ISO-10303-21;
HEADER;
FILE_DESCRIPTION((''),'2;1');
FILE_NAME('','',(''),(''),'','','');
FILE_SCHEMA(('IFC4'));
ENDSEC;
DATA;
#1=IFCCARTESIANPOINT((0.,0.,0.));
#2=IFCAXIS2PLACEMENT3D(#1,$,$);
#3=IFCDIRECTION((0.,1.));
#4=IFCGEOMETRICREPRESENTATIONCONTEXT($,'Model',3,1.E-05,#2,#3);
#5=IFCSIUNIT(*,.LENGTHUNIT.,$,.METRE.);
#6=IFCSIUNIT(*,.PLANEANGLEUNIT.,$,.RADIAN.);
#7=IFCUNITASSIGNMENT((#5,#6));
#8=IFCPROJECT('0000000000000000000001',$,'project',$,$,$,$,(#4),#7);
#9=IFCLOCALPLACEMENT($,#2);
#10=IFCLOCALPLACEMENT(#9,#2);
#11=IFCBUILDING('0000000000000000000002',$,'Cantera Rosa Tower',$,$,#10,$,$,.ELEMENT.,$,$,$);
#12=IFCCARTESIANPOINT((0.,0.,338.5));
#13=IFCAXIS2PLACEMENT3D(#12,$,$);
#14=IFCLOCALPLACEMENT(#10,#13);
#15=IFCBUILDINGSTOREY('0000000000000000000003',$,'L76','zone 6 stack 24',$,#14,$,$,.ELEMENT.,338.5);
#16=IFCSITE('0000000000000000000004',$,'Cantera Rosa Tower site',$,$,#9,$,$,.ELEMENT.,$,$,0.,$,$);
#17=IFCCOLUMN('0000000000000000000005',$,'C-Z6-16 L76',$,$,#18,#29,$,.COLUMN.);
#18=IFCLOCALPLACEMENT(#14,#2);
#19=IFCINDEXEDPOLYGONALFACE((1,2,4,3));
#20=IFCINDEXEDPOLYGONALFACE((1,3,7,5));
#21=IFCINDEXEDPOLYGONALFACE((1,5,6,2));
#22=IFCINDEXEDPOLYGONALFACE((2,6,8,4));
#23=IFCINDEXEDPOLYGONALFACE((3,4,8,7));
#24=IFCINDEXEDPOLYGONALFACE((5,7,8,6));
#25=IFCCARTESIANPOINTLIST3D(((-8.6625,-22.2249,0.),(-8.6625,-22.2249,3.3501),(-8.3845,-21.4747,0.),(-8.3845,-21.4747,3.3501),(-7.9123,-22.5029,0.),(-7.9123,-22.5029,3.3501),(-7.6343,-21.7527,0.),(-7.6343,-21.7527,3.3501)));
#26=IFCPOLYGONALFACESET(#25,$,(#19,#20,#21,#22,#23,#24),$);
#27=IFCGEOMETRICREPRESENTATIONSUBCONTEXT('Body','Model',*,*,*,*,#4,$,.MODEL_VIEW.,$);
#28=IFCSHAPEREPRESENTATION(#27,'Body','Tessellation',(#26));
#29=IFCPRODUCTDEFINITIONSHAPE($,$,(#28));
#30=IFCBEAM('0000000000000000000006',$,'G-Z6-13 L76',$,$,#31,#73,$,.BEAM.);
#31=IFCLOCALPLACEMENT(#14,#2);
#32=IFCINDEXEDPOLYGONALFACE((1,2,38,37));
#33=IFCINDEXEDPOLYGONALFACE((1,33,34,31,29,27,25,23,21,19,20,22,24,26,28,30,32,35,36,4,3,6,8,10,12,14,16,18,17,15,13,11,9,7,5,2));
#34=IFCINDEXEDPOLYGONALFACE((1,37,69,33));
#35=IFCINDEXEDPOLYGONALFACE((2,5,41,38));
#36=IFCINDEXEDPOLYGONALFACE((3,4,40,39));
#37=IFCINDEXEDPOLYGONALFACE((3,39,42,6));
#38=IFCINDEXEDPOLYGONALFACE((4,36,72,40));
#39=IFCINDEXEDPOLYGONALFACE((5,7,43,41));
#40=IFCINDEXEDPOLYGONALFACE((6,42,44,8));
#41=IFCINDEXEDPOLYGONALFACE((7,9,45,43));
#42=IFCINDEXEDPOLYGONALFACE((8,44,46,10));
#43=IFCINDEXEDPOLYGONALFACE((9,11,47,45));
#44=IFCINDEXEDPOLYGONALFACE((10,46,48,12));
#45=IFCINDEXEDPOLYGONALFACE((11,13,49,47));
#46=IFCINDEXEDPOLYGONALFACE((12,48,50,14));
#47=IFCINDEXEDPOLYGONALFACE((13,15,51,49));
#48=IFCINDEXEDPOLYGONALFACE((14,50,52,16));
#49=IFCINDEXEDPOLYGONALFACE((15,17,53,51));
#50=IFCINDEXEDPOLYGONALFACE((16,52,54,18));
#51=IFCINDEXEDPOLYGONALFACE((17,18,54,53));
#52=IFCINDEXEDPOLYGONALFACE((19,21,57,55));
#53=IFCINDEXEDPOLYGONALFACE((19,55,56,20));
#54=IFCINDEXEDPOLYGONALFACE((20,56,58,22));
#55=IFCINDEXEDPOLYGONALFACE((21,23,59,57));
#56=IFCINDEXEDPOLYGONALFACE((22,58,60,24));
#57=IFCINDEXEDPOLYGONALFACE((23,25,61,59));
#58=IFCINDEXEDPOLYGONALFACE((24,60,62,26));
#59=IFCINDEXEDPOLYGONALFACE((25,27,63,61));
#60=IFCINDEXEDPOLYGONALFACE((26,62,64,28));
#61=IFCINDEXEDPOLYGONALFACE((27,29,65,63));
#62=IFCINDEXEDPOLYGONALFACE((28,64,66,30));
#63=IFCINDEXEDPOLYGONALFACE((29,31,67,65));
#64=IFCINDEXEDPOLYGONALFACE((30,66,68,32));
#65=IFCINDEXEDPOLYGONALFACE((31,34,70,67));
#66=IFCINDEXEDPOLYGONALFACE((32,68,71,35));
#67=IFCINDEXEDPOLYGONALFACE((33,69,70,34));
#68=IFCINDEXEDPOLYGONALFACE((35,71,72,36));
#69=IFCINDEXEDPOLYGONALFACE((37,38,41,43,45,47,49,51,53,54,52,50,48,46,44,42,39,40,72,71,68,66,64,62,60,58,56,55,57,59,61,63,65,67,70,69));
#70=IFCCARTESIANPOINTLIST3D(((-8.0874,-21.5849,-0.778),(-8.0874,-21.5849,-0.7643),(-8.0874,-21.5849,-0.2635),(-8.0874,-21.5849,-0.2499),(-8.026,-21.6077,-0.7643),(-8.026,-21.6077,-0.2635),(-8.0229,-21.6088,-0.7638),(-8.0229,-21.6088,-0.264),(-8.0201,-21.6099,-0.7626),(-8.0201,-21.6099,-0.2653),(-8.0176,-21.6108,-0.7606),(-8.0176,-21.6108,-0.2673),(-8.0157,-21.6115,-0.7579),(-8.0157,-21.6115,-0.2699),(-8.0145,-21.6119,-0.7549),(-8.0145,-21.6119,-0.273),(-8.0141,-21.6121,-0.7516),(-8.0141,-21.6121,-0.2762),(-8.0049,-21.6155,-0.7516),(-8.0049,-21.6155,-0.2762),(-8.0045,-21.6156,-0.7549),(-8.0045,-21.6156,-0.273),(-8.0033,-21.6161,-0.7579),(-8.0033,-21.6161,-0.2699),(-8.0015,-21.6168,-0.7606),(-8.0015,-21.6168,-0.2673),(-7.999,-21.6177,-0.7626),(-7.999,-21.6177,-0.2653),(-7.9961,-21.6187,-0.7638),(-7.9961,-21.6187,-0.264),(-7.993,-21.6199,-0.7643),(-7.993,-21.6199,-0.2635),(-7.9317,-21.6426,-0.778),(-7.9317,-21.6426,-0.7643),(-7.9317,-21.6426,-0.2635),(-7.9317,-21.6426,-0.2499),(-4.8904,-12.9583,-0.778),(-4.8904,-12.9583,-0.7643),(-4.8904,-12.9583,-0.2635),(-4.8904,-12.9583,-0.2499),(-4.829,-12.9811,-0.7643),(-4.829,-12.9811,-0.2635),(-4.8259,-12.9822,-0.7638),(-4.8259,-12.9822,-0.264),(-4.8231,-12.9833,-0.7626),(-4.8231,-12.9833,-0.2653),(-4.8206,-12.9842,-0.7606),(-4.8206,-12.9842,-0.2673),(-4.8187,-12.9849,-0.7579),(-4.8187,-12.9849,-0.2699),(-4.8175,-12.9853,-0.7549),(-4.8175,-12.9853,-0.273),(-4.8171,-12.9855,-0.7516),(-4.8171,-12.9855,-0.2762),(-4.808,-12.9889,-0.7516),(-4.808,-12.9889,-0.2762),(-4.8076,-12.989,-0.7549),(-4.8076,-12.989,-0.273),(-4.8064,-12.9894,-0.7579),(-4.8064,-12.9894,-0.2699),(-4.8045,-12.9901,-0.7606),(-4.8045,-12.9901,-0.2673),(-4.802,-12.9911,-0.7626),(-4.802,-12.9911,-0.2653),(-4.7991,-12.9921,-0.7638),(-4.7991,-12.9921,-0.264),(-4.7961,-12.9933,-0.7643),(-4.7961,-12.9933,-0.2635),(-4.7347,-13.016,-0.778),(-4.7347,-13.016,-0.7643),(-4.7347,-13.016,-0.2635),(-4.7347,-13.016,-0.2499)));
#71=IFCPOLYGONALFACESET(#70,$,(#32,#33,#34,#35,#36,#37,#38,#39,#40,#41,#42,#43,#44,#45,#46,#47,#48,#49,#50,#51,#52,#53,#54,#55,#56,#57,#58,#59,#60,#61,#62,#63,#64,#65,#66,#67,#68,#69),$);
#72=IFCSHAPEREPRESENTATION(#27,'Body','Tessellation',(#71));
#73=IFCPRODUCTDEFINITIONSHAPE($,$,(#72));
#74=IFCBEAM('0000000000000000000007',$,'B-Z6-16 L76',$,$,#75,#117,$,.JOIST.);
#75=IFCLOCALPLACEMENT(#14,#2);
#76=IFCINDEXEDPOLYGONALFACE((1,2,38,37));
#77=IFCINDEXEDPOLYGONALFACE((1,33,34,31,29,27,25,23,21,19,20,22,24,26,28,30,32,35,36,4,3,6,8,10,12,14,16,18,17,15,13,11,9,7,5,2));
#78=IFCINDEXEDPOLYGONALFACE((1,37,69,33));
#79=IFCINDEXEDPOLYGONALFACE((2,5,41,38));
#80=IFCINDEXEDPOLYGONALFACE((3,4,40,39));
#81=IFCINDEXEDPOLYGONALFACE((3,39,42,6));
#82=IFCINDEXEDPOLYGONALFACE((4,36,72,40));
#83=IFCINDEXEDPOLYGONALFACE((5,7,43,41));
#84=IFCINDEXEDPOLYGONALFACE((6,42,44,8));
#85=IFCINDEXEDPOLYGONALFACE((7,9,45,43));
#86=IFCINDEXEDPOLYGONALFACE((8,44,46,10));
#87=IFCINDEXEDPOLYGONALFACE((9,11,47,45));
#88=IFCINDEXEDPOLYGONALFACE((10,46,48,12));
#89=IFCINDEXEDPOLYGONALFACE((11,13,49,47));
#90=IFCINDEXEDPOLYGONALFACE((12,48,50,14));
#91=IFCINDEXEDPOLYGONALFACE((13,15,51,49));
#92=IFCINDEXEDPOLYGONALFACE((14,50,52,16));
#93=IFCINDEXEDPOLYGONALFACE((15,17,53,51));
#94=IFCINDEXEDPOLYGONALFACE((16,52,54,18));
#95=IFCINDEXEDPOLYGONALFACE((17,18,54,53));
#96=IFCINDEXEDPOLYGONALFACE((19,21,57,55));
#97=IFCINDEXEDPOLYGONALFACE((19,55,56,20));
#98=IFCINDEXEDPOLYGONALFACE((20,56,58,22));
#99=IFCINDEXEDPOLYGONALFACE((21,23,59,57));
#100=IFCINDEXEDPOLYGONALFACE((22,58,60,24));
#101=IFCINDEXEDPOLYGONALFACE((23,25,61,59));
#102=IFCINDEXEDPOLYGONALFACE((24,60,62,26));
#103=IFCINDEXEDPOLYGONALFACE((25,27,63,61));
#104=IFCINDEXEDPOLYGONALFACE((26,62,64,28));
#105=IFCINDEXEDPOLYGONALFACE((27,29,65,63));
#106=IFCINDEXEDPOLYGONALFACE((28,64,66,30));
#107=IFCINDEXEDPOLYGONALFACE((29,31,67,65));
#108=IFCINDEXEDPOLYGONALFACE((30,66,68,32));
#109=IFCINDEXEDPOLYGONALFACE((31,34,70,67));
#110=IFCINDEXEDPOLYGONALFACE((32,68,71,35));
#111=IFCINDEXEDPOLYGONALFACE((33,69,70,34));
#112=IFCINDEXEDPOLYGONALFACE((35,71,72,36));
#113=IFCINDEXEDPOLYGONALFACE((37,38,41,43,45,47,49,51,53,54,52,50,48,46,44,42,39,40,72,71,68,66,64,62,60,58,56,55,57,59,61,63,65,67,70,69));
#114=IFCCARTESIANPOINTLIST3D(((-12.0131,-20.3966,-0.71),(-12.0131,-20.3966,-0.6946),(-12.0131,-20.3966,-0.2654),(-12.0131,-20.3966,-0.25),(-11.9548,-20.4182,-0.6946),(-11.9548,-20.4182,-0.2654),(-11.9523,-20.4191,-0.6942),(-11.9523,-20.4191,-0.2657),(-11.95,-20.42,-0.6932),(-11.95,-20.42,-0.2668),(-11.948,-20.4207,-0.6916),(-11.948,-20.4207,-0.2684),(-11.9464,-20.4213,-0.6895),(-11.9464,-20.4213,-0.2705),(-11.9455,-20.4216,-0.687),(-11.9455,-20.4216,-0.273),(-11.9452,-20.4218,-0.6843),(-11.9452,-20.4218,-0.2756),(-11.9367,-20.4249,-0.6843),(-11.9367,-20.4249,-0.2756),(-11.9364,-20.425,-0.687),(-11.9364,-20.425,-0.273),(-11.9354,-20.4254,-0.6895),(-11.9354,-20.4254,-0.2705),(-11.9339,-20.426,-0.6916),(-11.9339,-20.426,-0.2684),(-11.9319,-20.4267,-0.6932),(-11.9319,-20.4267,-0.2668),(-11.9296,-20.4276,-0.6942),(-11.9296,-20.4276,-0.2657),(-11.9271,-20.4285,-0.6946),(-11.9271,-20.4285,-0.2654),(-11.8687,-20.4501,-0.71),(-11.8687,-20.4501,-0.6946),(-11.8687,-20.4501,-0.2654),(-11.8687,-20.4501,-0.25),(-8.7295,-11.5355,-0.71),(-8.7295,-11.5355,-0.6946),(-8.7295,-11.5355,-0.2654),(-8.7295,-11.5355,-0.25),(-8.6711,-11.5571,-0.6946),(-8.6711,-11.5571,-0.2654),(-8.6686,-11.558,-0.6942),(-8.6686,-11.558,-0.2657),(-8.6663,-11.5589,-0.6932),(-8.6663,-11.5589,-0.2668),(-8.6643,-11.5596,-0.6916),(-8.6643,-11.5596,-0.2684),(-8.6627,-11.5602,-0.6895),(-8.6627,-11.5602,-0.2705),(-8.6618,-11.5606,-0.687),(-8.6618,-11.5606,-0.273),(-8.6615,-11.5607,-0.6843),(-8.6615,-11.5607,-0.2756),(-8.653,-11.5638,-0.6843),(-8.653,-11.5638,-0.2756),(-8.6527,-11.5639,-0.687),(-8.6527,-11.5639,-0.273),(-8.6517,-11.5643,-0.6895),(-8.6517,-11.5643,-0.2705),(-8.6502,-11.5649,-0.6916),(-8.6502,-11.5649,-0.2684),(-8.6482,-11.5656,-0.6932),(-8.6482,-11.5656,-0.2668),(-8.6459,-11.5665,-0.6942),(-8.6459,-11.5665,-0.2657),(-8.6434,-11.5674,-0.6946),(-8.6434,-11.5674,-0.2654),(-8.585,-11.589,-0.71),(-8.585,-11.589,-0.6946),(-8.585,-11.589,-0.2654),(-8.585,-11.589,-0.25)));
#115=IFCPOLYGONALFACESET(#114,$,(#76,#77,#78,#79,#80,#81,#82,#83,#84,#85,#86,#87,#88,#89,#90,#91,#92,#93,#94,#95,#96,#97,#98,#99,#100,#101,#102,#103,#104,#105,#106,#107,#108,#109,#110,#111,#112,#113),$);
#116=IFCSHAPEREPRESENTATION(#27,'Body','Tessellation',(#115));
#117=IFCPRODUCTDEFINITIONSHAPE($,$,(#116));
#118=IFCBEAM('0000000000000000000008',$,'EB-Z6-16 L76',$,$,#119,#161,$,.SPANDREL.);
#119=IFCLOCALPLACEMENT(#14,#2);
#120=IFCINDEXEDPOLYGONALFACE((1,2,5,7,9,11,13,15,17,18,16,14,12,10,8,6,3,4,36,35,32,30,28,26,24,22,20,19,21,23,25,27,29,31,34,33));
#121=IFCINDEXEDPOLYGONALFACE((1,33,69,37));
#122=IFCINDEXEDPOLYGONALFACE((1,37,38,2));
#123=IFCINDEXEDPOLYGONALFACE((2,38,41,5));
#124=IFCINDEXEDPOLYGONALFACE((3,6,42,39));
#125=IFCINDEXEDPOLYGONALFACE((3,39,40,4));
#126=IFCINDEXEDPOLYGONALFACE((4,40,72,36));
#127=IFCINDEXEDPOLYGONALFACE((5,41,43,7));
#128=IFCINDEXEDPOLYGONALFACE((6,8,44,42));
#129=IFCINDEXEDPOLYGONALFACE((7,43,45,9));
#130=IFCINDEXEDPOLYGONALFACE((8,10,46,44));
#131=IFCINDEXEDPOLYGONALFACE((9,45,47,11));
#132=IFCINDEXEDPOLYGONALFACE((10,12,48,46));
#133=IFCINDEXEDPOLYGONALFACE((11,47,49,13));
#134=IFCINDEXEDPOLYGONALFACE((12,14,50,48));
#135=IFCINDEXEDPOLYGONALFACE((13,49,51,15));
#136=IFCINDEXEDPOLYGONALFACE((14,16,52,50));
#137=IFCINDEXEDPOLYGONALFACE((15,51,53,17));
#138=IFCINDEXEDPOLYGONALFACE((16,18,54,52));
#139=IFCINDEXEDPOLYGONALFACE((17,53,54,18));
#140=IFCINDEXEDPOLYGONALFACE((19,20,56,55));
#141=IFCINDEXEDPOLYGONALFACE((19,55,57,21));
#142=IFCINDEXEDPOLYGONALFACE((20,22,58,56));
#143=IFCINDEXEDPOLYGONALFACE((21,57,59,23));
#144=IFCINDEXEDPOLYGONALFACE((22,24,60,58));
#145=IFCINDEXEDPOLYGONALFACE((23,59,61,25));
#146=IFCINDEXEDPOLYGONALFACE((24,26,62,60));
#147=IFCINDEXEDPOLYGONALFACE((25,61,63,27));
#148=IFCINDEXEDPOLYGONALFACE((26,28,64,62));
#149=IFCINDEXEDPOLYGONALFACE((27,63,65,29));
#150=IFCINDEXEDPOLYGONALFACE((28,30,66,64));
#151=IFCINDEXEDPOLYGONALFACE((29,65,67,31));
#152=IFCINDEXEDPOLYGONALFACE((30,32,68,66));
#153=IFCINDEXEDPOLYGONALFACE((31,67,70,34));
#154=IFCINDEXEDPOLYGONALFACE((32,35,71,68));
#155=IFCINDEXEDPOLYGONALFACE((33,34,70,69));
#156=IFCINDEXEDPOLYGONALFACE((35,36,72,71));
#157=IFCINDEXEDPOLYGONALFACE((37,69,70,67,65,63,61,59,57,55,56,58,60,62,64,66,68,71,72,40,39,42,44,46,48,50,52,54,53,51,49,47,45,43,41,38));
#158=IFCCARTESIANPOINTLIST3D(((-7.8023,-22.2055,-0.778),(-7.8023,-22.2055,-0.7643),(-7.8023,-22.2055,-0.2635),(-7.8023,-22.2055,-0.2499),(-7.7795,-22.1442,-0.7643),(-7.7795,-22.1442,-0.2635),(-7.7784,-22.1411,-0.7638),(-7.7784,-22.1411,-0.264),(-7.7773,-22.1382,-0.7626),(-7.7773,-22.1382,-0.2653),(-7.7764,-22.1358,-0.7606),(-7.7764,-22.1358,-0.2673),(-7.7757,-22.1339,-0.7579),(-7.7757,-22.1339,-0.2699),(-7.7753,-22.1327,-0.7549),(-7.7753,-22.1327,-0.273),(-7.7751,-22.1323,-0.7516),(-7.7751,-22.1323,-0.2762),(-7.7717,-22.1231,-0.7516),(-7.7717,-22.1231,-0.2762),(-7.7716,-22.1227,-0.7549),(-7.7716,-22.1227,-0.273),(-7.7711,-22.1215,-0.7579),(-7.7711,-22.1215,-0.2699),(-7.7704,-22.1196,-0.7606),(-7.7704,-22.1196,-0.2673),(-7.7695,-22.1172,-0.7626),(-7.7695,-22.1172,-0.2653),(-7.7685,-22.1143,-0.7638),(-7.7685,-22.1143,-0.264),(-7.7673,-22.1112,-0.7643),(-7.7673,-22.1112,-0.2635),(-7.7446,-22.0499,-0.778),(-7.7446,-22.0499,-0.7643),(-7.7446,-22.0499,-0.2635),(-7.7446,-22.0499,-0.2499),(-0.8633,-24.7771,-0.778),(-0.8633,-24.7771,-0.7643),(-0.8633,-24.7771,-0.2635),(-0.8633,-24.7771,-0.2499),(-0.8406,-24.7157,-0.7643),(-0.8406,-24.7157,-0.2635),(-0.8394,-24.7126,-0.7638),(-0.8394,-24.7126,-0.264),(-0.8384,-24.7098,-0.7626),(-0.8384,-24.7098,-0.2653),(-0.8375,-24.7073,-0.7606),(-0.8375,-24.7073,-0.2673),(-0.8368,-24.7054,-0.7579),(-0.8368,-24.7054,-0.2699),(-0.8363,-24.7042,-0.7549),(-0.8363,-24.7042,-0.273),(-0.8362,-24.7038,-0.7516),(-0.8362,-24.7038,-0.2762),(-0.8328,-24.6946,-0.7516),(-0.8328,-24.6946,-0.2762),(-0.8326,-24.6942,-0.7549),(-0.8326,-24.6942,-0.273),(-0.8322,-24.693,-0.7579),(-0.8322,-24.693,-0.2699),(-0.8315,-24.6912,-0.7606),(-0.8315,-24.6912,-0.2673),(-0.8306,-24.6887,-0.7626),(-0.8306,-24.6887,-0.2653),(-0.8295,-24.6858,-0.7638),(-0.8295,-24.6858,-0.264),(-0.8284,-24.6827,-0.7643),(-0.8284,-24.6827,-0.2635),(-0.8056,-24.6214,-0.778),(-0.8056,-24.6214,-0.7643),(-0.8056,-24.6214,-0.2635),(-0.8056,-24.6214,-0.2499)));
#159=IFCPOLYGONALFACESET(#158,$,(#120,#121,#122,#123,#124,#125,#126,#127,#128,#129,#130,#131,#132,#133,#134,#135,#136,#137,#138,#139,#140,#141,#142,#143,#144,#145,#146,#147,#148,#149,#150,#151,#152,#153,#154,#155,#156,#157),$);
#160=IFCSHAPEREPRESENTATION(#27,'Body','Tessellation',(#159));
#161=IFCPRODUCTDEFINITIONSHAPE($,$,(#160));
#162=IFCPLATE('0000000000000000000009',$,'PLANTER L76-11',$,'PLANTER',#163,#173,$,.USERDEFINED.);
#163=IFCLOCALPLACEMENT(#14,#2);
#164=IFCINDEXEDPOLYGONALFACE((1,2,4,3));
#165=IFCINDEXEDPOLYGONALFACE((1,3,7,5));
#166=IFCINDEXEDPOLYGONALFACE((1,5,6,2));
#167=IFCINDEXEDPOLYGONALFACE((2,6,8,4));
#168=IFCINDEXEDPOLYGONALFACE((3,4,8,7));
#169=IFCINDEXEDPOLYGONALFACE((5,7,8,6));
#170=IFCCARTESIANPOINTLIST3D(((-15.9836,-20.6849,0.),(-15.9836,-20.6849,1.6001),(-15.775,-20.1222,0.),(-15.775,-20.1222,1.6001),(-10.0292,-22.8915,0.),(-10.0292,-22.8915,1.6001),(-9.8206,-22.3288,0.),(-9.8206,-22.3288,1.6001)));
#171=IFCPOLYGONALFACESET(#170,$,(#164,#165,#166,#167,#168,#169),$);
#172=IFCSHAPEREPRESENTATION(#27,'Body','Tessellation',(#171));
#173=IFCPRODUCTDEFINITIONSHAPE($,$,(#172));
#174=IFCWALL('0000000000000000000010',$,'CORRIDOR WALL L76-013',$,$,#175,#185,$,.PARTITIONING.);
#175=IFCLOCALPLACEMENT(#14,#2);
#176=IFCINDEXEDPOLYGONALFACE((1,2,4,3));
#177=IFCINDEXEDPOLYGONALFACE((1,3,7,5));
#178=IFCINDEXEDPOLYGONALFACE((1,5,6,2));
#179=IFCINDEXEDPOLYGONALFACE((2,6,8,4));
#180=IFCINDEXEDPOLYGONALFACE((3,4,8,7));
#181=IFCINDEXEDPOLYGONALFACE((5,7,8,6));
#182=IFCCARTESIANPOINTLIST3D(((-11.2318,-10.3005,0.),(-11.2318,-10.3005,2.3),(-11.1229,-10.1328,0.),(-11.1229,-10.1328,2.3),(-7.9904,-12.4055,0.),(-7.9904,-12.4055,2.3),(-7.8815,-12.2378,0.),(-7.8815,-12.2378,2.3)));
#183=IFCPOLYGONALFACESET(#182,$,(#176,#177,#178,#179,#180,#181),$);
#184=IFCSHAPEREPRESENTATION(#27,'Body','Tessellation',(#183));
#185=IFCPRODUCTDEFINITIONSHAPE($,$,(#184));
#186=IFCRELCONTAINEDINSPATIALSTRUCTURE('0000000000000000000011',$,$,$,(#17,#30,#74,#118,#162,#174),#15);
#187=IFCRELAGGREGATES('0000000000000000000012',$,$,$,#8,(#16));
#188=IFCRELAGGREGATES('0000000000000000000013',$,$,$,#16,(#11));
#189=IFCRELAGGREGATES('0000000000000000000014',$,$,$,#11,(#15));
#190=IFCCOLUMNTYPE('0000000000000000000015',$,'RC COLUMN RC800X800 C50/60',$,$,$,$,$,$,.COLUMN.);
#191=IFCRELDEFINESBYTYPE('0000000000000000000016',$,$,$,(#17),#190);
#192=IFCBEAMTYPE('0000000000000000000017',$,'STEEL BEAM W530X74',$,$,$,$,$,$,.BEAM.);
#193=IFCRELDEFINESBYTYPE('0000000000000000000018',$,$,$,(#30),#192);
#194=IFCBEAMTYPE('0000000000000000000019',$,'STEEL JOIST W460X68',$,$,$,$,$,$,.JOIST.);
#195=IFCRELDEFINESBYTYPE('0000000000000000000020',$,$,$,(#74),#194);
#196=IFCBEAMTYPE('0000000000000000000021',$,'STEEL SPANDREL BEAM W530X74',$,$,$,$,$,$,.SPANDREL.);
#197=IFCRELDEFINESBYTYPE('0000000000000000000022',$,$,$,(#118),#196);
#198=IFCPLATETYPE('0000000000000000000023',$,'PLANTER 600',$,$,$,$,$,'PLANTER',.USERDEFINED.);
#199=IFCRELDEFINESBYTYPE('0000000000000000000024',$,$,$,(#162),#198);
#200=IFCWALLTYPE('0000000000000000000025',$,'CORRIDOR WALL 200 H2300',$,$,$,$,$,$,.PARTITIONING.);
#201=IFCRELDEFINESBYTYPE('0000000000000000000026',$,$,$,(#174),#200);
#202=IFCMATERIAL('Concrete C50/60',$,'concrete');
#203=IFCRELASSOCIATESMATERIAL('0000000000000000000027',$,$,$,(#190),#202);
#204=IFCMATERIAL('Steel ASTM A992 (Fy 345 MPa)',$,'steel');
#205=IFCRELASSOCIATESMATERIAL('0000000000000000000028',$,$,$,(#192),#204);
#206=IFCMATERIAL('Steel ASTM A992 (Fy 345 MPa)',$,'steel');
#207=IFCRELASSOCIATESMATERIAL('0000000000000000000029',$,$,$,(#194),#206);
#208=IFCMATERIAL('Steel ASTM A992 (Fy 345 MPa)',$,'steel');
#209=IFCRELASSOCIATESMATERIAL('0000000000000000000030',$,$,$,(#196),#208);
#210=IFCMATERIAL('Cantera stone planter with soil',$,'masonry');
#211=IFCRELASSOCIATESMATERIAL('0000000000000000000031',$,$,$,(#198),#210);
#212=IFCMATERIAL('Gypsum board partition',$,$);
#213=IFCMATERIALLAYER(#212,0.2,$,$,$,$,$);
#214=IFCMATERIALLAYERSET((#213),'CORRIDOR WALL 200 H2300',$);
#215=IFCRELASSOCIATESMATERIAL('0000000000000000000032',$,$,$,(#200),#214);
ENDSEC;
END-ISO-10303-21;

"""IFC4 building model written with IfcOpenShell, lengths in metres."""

from ifc_helpers import new_model, si_unit, direction, frame, frame_2d, origin, origin_2d, place, context, subcontext, project, spatial, rectangle, i_section, extrude, material, layer, layer_set, material_profile, profile_set, type_object, element, save


model = new_model("IFC4")

# Units and contexts
model_context = context("Model", 3, precision=1e-05, world=origin(), true_north=direction((0.0, 1.0)))
body_context = subcontext(model_context, "Body", "Model", "MODEL_VIEW")
ifc_project = project(units=[si_unit("LENGTHUNIT", "METRE"), si_unit("PLANEANGLEUNIT", "RADIAN")], contexts=[model_context])

# Site, building, storey
site_placement = place(None, origin())
site = spatial("IfcSite", under=ifc_project, at=site_placement, Name="Cantera Rosa Tower site", CompositionType="ELEMENT", RefElevation=0.0)
building_placement = place(site_placement, origin())
building = spatial("IfcBuilding", under=site, at=building_placement, Name="Cantera Rosa Tower", CompositionType="ELEMENT")
storey_placement = place(building_placement, frame((0.0, 0.0, 338.5)))
storey = spatial("IfcBuildingStorey", under=building, at=storey_placement, Name="L76", Description="zone 6 stack 24", CompositionType="ELEMENT", Elevation=338.5)

# Column
ifc_material_1 = material(Name="Concrete C50/60", Category="concrete")
ifc_material_profile_1 = material_profile(ifc_material_1, rectangle(XDim=0.8, YDim=0.8, at=origin_2d()), Name="RC COLUMN RC800X800 C50/60")
ifc_profile_set_1 = profile_set([ifc_material_profile_1], Name="Concrete C50/60")
column_type = type_object("IfcColumnType", Name="RC COLUMN RC800X800 C50/60", PredefinedType="COLUMN", material=ifc_profile_set_1)
column_placement = place(storey_placement, frame((-8.1484, -21.9888, 0.0), z_axis=(0.0, 0.0, 1.0), x_axis=(0.347481, 0.937687, 0.0)))
element("IfcColumn", 1, at=column_placement, inside=storey, type_object=column_type, Name="C-Z6-16 L76", PredefinedType="COLUMN", context=body_context, shape_type="SweptSolid", body=[
    extrude(rectangle(XDim=0.8, YDim=0.8, at=origin_2d()), origin(), (0.0, 0.0, 1.0), 3.3501),
])

# Beams
ifc_material_2 = material(Name="Steel ASTM A992 (Fy 345 MPa)", Category="steel")
ifc_material_profile_2 = material_profile(ifc_material_2, i_section(OverallWidth=0.166, OverallDepth=0.5281, WebThickness=0.0098, FlangeThickness=0.0137, FilletRadius=0.0127, at=origin_2d()), Name="W530X74")
ifc_profile_set_2 = profile_set([ifc_material_profile_2], Name="Steel ASTM A992 (Fy 345 MPa)")
beam_type_1 = type_object("IfcBeamType", Name="STEEL BEAM W530X74", PredefinedType="BEAM", material=ifc_profile_set_2)
beam_1_placement = place(storey_placement, frame((-8.0095, -21.6138, -0.5139), z_axis=(0.3475, 0.93768, 0.0), x_axis=(-0.93768, 0.3475, 0.0)))
element("IfcBeam", 2, at=beam_1_placement, inside=storey, type_object=beam_type_1, Name="G-Z6-13 L76", PredefinedType="BEAM", context=body_context, shape_type="SweptSolid", body=[
    extrude(i_section(OverallWidth=0.166, OverallDepth=0.5281, WebThickness=0.0098, FlangeThickness=0.0137, FilletRadius=0.0127, at=origin_2d()), origin(), (0.0, 0.0, 1.0), 9.2),
])
ifc_material_3 = material(Name="Steel ASTM A992 (Fy 345 MPa)", Category="steel")
ifc_material_profile_3 = material_profile(ifc_material_3, i_section(OverallWidth=0.1541, OverallDepth=0.46, WebThickness=0.009, FlangeThickness=0.0154, FilletRadius=0.0103, at=origin_2d()), Name="W460X68")
ifc_profile_set_3 = profile_set([ifc_material_profile_3], Name="Steel ASTM A992 (Fy 345 MPa)")
beam_type_2 = type_object("IfcBeamType", Name="STEEL JOIST W460X68", PredefinedType="JOIST", material=ifc_profile_set_3)
beam_2_placement = place(storey_placement, frame((-11.9409, -20.4233, -0.48), z_axis=(0.347483, 0.937686, 0.0), x_axis=(-0.937686, 0.347483, 0.0)))
element("IfcBeam", 3, at=beam_2_placement, inside=storey, type_object=beam_type_2, Name="B-Z6-16 L76", PredefinedType="JOIST", context=body_context, shape_type="SweptSolid", body=[
    extrude(i_section(OverallWidth=0.1541, OverallDepth=0.46, WebThickness=0.009, FlangeThickness=0.0154, FilletRadius=0.0103, at=origin_2d()), origin(), (0.0, 0.0, 1.0), 9.45),
])
ifc_material_4 = material(Name="Steel ASTM A992 (Fy 345 MPa)", Category="steel")
ifc_material_profile_4 = material_profile(ifc_material_4, i_section(OverallWidth=0.166, OverallDepth=0.5281, WebThickness=0.0098, FlangeThickness=0.0137, FilletRadius=0.0127, at=origin_2d()), Name="W530X74")
ifc_profile_set_4 = profile_set([ifc_material_profile_4], Name="Steel ASTM A992 (Fy 345 MPa)")
beam_type_3 = type_object("IfcBeamType", Name="STEEL SPANDREL BEAM W530X74", PredefinedType="SPANDREL", material=ifc_profile_set_4)
beam_3_placement = place(storey_placement, frame((-7.7734, -22.1277, -0.5139), z_axis=(0.937681, -0.347498, 0.0), x_axis=(0.347498, 0.937681, 0.0)))
element("IfcBeam", 4, at=beam_3_placement, inside=storey, type_object=beam_type_3, Name="EB-Z6-16 L76", PredefinedType="SPANDREL", context=body_context, shape_type="SweptSolid", body=[
    extrude(i_section(OverallWidth=0.166, OverallDepth=0.5281, WebThickness=0.0098, FlangeThickness=0.0137, FilletRadius=0.0127, at=origin_2d()), origin(), (0.0, 0.0, 1.0), 7.4001),
])

# Plate
ifc_material_5 = material(Name="Cantera stone planter with soil", Category="masonry")
plate_type = type_object("IfcPlateType", Name="PLANTER 600", ElementType="PLANTER", PredefinedType="USERDEFINED", material=ifc_material_5)
plate_placement = place(storey_placement, frame((-12.9021, -21.5068, 0.0), z_axis=(0.0, 0.0, 1.0), x_axis=(0.937687, -0.347481, 0.0)))
element("IfcPlate", 5, at=plate_placement, inside=storey, type_object=plate_type, Name="PLANTER L76-11", ObjectType="PLANTER", PredefinedType="USERDEFINED", context=body_context, shape_type="SweptSolid", body=[
    extrude(rectangle(XDim=6.3501, YDim=0.6001, at=origin_2d()), origin(), (0.0, 0.0, 1.0), 1.6001),
])

# Wall
ifc_material_6 = material(Name="Gypsum board partition")
ifc_layer_1 = layer(ifc_material_6, 0.2)
ifc_layer_set_1 = layer_set([ifc_layer_1], Name="CORRIDOR WALL 200 H2300")
wall_type_1 = type_object("IfcWallType", Name="CORRIDOR WALL 200 H2300", PredefinedType="PARTITIONING", material=ifc_layer_set_1)
wall_1_placement = place(storey_placement, frame((-11.1775, -10.2166, 0.0), z_axis=(0.0, 0.0, 1.0), x_axis=(0.838676, -0.544631, 0.0)))
element("IfcWall", 6, at=wall_1_placement, inside=storey, type_object=wall_type_1, Name="CORRIDOR WALL L76-013", PredefinedType="PARTITIONING", context=body_context, shape_type="SweptSolid", body=[
    extrude(rectangle(XDim=3.865, YDim=0.2, at=frame_2d((1.9326, 0.0))), origin(), (0.0, 0.0, 1.0), 2.3),
])

save(model, "model.ifc")
